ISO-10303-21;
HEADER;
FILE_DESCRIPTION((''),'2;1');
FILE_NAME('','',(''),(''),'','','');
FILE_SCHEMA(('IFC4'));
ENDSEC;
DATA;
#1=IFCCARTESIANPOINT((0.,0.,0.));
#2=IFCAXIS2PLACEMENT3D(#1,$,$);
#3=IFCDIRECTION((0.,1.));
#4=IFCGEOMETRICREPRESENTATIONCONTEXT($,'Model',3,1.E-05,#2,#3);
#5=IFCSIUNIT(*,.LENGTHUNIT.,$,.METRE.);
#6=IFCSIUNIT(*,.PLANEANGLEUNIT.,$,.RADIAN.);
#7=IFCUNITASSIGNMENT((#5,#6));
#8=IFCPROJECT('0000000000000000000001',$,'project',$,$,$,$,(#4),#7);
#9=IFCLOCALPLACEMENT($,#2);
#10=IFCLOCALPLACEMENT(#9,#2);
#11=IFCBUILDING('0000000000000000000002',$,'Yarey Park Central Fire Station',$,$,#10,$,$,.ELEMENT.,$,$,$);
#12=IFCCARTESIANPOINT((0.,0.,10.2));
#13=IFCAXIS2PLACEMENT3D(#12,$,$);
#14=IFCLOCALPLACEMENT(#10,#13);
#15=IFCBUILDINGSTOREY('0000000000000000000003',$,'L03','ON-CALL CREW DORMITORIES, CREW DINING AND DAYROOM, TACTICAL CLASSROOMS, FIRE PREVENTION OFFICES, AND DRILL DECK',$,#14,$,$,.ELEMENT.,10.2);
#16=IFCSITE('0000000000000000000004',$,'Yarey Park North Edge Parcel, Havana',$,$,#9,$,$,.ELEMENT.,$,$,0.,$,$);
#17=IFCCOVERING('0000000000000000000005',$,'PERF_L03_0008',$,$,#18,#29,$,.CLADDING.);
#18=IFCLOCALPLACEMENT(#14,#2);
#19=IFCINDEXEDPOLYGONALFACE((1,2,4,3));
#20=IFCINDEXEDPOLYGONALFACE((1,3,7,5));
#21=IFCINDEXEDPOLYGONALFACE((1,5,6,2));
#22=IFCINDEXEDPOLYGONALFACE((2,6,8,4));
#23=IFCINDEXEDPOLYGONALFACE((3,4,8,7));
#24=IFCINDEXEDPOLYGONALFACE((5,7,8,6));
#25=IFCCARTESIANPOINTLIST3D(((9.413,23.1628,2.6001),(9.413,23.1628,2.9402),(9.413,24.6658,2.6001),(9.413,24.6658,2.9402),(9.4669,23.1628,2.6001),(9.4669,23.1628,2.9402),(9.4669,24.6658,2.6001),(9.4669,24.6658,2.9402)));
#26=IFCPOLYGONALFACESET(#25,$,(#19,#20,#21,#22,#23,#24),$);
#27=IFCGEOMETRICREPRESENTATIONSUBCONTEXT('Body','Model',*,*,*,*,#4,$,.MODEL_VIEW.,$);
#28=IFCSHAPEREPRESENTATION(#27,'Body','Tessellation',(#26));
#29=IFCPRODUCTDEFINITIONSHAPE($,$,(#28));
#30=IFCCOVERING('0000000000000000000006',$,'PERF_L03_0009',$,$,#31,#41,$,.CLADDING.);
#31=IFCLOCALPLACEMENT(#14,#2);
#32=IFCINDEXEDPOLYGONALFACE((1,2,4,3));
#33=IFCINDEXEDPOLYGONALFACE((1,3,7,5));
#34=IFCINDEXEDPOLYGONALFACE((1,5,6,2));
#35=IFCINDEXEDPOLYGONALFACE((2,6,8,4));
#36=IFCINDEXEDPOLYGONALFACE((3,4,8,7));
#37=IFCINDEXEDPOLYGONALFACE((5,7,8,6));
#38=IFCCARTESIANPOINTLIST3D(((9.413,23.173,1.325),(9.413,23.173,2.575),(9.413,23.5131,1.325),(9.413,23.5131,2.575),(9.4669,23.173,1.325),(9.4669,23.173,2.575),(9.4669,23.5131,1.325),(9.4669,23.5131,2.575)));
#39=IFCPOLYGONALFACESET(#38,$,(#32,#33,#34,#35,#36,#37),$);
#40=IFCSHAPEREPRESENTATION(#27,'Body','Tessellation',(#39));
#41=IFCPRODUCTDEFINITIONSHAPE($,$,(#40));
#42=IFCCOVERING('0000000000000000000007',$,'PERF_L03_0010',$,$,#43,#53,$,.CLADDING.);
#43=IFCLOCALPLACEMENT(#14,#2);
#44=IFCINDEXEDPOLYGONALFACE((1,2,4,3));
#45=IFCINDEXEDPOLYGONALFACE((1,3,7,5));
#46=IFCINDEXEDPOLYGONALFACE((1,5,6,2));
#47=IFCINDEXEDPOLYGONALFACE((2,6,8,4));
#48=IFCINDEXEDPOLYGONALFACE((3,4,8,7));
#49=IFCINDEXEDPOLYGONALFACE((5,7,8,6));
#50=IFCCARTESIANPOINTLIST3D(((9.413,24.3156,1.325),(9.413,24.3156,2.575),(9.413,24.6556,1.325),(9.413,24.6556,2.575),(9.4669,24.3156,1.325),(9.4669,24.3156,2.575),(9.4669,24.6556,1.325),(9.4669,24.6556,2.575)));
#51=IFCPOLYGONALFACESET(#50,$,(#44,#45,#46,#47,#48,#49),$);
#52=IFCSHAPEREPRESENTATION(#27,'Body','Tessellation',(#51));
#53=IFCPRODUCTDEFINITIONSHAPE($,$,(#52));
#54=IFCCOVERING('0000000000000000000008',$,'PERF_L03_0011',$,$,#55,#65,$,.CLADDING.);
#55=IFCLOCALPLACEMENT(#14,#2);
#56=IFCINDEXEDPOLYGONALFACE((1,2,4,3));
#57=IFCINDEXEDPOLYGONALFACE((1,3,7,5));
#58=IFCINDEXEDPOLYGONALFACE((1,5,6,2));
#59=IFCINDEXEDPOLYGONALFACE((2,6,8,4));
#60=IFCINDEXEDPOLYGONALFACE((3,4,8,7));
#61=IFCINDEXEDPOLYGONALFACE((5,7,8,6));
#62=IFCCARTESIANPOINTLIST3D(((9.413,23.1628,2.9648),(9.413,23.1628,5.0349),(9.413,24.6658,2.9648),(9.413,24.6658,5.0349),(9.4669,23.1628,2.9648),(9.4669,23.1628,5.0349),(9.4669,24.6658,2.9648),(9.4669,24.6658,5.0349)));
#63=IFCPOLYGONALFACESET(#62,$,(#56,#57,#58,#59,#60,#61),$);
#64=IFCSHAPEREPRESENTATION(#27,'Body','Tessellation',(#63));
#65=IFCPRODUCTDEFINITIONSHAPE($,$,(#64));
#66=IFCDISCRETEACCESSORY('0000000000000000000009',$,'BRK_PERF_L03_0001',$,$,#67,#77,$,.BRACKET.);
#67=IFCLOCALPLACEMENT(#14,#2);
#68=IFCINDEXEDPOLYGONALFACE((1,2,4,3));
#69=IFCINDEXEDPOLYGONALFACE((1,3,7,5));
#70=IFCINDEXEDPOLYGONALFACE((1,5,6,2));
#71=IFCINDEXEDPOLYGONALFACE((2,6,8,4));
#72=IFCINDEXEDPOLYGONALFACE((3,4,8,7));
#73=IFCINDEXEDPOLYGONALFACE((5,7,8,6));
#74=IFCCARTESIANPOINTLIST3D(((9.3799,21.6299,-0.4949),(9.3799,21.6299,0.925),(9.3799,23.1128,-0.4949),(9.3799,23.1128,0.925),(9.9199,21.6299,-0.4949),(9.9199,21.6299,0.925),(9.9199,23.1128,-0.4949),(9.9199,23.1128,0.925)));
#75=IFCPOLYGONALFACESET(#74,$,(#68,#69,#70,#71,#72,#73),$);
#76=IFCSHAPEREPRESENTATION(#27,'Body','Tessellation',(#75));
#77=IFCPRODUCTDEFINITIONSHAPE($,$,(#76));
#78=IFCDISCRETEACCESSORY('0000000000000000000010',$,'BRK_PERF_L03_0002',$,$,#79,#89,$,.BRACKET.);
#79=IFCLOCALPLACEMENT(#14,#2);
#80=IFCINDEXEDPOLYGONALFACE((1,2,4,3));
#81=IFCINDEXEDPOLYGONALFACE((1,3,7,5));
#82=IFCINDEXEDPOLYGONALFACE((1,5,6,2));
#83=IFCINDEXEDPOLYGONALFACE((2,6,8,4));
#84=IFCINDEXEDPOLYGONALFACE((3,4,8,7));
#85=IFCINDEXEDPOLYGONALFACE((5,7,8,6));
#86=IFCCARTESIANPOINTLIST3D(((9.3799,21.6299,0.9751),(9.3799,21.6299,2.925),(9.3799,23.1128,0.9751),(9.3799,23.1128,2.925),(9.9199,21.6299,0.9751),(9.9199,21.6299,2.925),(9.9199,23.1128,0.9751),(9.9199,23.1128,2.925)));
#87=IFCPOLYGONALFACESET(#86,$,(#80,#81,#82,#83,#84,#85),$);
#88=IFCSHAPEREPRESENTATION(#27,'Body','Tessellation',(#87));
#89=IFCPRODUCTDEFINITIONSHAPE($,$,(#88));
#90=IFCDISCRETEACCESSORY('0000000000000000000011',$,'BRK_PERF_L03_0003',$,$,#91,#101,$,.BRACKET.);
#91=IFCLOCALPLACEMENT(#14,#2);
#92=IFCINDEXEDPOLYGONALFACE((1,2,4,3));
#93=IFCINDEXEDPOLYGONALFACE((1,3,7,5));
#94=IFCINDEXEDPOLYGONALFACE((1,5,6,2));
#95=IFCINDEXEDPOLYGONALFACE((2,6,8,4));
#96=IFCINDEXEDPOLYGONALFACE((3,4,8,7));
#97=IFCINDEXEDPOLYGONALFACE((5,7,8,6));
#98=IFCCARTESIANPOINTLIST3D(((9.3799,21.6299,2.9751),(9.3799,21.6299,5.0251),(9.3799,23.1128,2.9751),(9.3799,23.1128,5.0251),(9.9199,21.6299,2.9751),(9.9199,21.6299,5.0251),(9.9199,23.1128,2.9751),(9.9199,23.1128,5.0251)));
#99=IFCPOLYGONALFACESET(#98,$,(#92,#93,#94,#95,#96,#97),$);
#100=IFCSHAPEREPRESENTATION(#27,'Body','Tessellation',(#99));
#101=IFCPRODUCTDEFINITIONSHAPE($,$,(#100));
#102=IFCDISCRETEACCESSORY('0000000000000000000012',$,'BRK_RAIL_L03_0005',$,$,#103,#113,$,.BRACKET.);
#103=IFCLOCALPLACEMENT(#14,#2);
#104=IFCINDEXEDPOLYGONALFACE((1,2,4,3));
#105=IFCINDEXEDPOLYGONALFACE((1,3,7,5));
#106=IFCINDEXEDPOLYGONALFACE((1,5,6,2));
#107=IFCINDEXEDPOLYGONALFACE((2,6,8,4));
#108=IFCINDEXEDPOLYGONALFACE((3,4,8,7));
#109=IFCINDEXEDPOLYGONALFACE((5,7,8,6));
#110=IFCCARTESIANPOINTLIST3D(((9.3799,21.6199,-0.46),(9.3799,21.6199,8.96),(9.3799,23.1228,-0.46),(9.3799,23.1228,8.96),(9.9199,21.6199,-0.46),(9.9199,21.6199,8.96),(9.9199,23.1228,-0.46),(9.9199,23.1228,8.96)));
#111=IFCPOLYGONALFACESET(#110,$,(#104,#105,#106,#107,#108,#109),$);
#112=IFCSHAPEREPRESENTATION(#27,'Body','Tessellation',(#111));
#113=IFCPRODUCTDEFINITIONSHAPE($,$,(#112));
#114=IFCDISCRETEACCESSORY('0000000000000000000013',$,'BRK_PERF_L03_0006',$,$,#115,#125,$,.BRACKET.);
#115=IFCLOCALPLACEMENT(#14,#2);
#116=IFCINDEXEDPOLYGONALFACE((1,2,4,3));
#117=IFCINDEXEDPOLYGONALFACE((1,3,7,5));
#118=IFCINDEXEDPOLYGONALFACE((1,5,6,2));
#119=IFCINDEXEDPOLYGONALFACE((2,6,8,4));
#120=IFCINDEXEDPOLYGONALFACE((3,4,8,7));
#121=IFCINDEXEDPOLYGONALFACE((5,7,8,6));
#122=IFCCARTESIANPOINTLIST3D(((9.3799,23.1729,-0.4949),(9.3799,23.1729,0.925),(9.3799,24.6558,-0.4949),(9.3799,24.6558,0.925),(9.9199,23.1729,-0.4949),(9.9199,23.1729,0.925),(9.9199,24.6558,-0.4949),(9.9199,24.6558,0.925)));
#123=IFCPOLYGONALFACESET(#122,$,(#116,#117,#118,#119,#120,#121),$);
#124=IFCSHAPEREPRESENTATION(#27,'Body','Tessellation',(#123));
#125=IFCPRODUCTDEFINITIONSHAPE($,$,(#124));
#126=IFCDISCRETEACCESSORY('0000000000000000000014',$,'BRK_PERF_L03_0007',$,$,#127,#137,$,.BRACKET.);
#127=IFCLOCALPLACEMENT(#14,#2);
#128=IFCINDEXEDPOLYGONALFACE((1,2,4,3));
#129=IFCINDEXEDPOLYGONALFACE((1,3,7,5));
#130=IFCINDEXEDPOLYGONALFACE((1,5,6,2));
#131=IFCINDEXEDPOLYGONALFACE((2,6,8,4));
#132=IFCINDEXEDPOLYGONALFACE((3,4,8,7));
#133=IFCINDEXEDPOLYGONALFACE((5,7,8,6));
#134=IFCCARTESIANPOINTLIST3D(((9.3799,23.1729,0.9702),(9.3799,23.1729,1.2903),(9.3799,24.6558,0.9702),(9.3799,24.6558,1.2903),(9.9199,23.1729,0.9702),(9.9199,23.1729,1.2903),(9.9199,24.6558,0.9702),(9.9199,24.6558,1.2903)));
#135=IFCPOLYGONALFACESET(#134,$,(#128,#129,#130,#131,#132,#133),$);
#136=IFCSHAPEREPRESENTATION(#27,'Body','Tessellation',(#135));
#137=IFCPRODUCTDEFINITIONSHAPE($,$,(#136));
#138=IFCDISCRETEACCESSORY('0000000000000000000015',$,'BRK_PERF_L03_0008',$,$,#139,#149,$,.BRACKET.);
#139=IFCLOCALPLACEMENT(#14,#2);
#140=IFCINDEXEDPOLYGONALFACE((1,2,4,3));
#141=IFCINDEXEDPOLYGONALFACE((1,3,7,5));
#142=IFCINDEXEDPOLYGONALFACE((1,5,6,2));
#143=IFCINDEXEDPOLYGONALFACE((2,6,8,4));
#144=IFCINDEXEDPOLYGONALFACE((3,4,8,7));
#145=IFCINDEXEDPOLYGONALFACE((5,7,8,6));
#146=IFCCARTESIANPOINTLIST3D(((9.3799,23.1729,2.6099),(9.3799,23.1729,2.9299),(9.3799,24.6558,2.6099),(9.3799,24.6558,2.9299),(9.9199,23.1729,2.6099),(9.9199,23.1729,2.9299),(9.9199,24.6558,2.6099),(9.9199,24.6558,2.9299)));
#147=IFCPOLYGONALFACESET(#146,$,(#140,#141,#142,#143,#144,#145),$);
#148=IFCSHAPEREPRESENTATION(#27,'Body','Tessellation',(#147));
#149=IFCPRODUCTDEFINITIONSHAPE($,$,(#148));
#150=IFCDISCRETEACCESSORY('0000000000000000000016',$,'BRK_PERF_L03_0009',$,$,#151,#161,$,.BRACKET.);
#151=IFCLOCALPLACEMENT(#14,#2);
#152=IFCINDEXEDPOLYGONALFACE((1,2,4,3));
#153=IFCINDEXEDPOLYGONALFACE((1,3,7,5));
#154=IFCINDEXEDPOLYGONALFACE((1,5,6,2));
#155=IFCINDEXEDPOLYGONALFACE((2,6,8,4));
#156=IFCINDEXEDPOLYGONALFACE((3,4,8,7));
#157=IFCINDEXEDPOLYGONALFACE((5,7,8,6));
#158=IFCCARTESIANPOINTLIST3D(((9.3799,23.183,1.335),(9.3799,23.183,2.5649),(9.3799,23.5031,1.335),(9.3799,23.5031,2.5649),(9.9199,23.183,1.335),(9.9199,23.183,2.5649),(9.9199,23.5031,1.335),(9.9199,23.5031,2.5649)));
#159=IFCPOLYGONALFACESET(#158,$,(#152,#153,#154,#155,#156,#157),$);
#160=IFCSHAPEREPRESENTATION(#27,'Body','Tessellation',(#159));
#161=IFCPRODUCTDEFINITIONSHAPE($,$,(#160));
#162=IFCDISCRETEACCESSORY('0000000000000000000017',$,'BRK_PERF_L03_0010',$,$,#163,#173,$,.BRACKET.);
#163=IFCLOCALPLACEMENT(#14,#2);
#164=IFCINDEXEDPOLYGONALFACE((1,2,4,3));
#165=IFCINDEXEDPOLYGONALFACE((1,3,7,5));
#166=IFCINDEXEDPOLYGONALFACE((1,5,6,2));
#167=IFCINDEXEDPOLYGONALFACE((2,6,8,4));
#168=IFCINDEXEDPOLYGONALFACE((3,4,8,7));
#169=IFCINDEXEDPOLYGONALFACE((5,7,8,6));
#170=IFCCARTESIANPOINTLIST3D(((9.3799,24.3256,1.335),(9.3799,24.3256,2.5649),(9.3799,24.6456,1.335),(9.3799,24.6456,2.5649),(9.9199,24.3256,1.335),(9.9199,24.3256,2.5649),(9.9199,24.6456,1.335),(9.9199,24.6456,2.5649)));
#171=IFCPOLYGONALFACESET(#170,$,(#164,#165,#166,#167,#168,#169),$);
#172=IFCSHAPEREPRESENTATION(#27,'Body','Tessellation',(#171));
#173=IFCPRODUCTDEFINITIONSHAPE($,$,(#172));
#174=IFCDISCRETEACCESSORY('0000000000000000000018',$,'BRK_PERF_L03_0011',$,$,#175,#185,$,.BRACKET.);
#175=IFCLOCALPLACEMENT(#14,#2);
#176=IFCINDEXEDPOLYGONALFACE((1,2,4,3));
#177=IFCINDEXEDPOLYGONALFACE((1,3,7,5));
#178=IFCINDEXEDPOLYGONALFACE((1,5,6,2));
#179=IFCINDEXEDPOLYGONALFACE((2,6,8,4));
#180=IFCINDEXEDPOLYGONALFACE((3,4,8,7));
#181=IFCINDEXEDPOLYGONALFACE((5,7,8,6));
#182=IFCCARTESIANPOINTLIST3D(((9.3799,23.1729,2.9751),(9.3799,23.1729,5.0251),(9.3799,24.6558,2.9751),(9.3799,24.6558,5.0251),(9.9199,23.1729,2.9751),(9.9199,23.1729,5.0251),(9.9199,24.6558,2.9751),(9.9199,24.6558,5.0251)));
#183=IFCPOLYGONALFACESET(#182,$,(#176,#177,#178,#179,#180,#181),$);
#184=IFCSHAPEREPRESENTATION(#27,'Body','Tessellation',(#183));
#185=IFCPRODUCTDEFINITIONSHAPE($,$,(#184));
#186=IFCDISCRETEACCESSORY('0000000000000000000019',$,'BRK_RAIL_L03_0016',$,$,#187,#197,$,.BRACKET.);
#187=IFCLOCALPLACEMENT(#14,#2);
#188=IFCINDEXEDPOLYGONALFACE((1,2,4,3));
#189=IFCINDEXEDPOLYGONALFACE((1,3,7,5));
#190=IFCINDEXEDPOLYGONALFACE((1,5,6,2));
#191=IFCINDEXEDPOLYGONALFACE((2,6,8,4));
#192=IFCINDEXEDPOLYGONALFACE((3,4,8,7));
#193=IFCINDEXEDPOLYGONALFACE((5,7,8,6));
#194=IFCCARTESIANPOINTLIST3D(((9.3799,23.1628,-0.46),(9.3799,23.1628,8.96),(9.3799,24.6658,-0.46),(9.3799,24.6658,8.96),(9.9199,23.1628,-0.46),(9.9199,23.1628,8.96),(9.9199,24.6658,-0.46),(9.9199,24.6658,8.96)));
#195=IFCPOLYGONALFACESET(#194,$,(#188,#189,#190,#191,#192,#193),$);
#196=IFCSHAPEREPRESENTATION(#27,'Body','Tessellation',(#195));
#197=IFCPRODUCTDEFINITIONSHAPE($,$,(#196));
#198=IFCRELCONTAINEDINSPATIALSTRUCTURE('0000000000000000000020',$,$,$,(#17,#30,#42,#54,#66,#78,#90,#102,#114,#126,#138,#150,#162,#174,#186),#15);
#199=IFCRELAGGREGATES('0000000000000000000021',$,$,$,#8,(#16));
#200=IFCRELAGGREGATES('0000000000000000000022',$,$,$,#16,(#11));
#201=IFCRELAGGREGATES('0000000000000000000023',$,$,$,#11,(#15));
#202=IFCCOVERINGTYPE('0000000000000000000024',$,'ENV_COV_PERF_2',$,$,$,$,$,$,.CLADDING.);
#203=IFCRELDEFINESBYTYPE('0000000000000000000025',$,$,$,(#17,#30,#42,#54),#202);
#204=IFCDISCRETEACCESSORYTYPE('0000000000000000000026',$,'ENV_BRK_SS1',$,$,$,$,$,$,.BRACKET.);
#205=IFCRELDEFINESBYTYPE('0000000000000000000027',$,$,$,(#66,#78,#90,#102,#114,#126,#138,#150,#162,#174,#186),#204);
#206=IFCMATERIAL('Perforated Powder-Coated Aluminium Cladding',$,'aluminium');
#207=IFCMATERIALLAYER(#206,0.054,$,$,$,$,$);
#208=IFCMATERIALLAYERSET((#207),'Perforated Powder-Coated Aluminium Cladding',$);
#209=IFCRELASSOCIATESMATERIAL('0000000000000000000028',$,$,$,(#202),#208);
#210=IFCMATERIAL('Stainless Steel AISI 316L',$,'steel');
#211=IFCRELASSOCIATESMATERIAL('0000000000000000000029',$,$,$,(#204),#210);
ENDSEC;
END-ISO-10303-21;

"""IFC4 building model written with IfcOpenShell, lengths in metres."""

from ifc_helpers import new_model, si_unit, direction, frame, origin, origin_2d, place, context, subcontext, project, spatial, rectangle, extrude, material, layer, layer_set, type_object, element, save


model = new_model("IFC4")

# Units and contexts
model_context = context("Model", 3, precision=1e-05, world=origin(), true_north=direction((0.0, 1.0)))
body_context = subcontext(model_context, "Body", "Model", "MODEL_VIEW")
ifc_project = project(units=[si_unit("LENGTHUNIT", "METRE"), si_unit("PLANEANGLEUNIT", "RADIAN")], contexts=[model_context])

# Site, building, storey
site_placement = place(None, origin())
site = spatial("IfcSite", under=ifc_project, at=site_placement, Name="Yarey Park North Edge Parcel, Havana", CompositionType="ELEMENT", RefElevation=0.0)
building_placement = place(site_placement, origin())
building = spatial("IfcBuilding", under=site, at=building_placement, Name="Yarey Park Central Fire Station", CompositionType="ELEMENT")
storey_placement = place(building_placement, frame((0.0, 0.0, 10.2)))
storey = spatial("IfcBuildingStorey", under=building, at=storey_placement, Name="L03", Description="ON-CALL CREW DORMITORIES, CREW DINING AND DAYROOM, TACTICAL CLASSROOMS, FIRE PREVENTION OFFICES, AND DRILL DECK", CompositionType="ELEMENT", Elevation=10.2)

# Coverings
ifc_material_1 = material(Name="Perforated Powder-Coated Aluminium Cladding", Category="aluminium")
ifc_layer_1 = layer(ifc_material_1, 0.054)
ifc_layer_set_1 = layer_set([ifc_layer_1], Name="Perforated Powder-Coated Aluminium Cladding")
covering_type_1 = type_object("IfcCoveringType", Name="ENV_COV_PERF_2", PredefinedType="CLADDING", material=ifc_layer_set_1)
for number, where, z_axis, x_axis, name in (
    (1, (9.4399, 23.9143, 2.6001), (0.0, 0.0, 1.0), (0.0, 1.0, 0.0), "PERF_L03_0008"),
):
    element("IfcCovering", number, at=place(storey_placement, frame(where, z_axis=z_axis, x_axis=x_axis)), inside=storey, type_object=covering_type_1, Name=name, PredefinedType="CLADDING", context=body_context, shape_type="SweptSolid", body=[
        extrude(rectangle(XDim=1.5029, YDim=0.054, at=origin_2d()), origin(), (0.0, 0.0, 1.0), 0.3401),
    ])
for number, where, z_axis, x_axis, name in (
    (2, (9.4399, 23.343, 1.325), (0.0, 0.0, 1.0), (0.0, 1.0, 0.0), "PERF_L03_0009"),
    (3, (9.4399, 24.4856, 1.325), (0.0, 0.0, 1.0), (0.0, 1.0, 0.0), "PERF_L03_0010"),
):
    element("IfcCovering", number, at=place(storey_placement, frame(where, z_axis=z_axis, x_axis=x_axis)), inside=storey, type_object=covering_type_1, Name=name, PredefinedType="CLADDING", context=body_context, shape_type="SweptSolid", body=[
        extrude(rectangle(XDim=0.3401, YDim=0.054, at=origin_2d()), origin(), (0.0, 0.0, 1.0), 1.25),
    ])
covering_1_placement = place(storey_placement, frame((9.4399, 23.9143, 2.9648), z_axis=(0.0, 0.0, 1.0), x_axis=(0.0, 1.0, 0.0)))
element("IfcCovering", 4, at=covering_1_placement, inside=storey, type_object=covering_type_1, Name="PERF_L03_0011", PredefinedType="CLADDING", context=body_context, shape_type="SweptSolid", body=[
    extrude(rectangle(XDim=1.5029, YDim=0.054, at=origin_2d()), origin(), (0.0, 0.0, 1.0), 2.0701),
])

# Discrete accessories
ifc_material_2 = material(Name="Stainless Steel AISI 316L", Category="steel")
discrete_accessory_type = type_object("IfcDiscreteAccessoryType", Name="ENV_BRK_SS1", PredefinedType="BRACKET", material=ifc_material_2)
discrete_accessory_1_placement = place(storey_placement, frame((9.6499, 22.3713, -0.4949), z_axis=(0.0, 0.0, 1.0), x_axis=(1.0, 0.0, 0.0)))
element("IfcDiscreteAccessory", 5, at=discrete_accessory_1_placement, inside=storey, type_object=discrete_accessory_type, Name="BRK_PERF_L03_0001", PredefinedType="BRACKET", context=body_context, shape_type="SweptSolid", body=[
    extrude(rectangle(XDim=0.54, YDim=1.4829, at=origin_2d()), origin(), (0.0, 0.0, 1.0), 1.4199),
])
discrete_accessory_2_placement = place(storey_placement, frame((9.6499, 22.3713, 0.9751), z_axis=(0.0, 0.0, 1.0), x_axis=(1.0, 0.0, 0.0)))
element("IfcDiscreteAccessory", 6, at=discrete_accessory_2_placement, inside=storey, type_object=discrete_accessory_type, Name="BRK_PERF_L03_0002", PredefinedType="BRACKET", context=body_context, shape_type="SweptSolid", body=[
    extrude(rectangle(XDim=0.54, YDim=1.4829, at=origin_2d()), origin(), (0.0, 0.0, 1.0), 1.95),
])
discrete_accessory_3_placement = place(storey_placement, frame((9.6499, 22.3713, 2.9751), z_axis=(0.0, 0.0, 1.0), x_axis=(1.0, 0.0, 0.0)))
element("IfcDiscreteAccessory", 7, at=discrete_accessory_3_placement, inside=storey, type_object=discrete_accessory_type, Name="BRK_PERF_L03_0003", PredefinedType="BRACKET", context=body_context, shape_type="SweptSolid", body=[
    extrude(rectangle(XDim=0.54, YDim=1.4829, at=origin_2d()), origin(), (0.0, 0.0, 1.0), 2.05),
])
discrete_accessory_4_placement = place(storey_placement, frame((9.6499, 22.3713, -0.46), z_axis=(0.0, 0.0, 1.0), x_axis=(1.0, 0.0, 0.0)))
element("IfcDiscreteAccessory", 8, at=discrete_accessory_4_placement, inside=storey, type_object=discrete_accessory_type, Name="BRK_RAIL_L03_0005", PredefinedType="BRACKET", context=body_context, shape_type="SweptSolid", body=[
    extrude(rectangle(XDim=0.54, YDim=1.5029, at=origin_2d()), origin(), (0.0, 0.0, 1.0), 9.4199),
])
discrete_accessory_5_placement = place(storey_placement, frame((9.6499, 23.9143, -0.4949), z_axis=(0.0, 0.0, 1.0), x_axis=(1.0, 0.0, 0.0)))
element("IfcDiscreteAccessory", 9, at=discrete_accessory_5_placement, inside=storey, type_object=discrete_accessory_type, Name="BRK_PERF_L03_0006", PredefinedType="BRACKET", context=body_context, shape_type="SweptSolid", body=[
    extrude(rectangle(XDim=0.54, YDim=1.4829, at=origin_2d()), origin(), (0.0, 0.0, 1.0), 1.4199),
])
for number, where, z_axis, x_axis, name in (
    (10, (9.6499, 23.9143, 0.9702), (0.0, 0.0, 1.0), (1.0, 0.0, 0.0), "BRK_PERF_L03_0007"),
    (11, (9.6499, 23.9143, 2.6099), (0.0, 0.0, 1.0), (1.0, 0.0, 0.0), "BRK_PERF_L03_0008"),
):
    element("IfcDiscreteAccessory", number, at=place(storey_placement, frame(where, z_axis=z_axis, x_axis=x_axis)), inside=storey, type_object=discrete_accessory_type, Name=name, PredefinedType="BRACKET", context=body_context, shape_type="SweptSolid", body=[
        extrude(rectangle(XDim=0.54, YDim=1.4829, at=origin_2d()), origin(), (0.0, 0.0, 1.0), 0.3201),
    ])
for number, where, z_axis, x_axis, name in (
    (12, (9.6499, 23.343, 1.335), (0.0, 0.0, 1.0), (1.0, 0.0, 0.0), "BRK_PERF_L03_0009"),
    (13, (9.6499, 24.4856, 1.335), (0.0, 0.0, 1.0), (1.0, 0.0, 0.0), "BRK_PERF_L03_0010"),
):
    element("IfcDiscreteAccessory", number, at=place(storey_placement, frame(where, z_axis=z_axis, x_axis=x_axis)), inside=storey, type_object=discrete_accessory_type, Name=name, PredefinedType="BRACKET", context=body_context, shape_type="SweptSolid", body=[
        extrude(rectangle(XDim=0.54, YDim=0.3201, at=origin_2d()), origin(), (0.0, 0.0, 1.0), 1.23),
    ])
discrete_accessory_6_placement = place(storey_placement, frame((9.6499, 23.9143, 2.9751), z_axis=(0.0, 0.0, 1.0), x_axis=(1.0, 0.0, 0.0)))
element("IfcDiscreteAccessory", 14, at=discrete_accessory_6_placement, inside=storey, type_object=discrete_accessory_type, Name="BRK_PERF_L03_0011", PredefinedType="BRACKET", context=body_context, shape_type="SweptSolid", body=[
    extrude(rectangle(XDim=0.54, YDim=1.4829, at=origin_2d()), origin(), (0.0, 0.0, 1.0), 2.05),
])
discrete_accessory_7_placement = place(storey_placement, frame((9.6499, 23.9143, -0.46), z_axis=(0.0, 0.0, 1.0), x_axis=(1.0, 0.0, 0.0)))
element("IfcDiscreteAccessory", 15, at=discrete_accessory_7_placement, inside=storey, type_object=discrete_accessory_type, Name="BRK_RAIL_L03_0016", PredefinedType="BRACKET", context=body_context, shape_type="SweptSolid", body=[
    extrude(rectangle(XDim=0.54, YDim=1.5029, at=origin_2d()), origin(), (0.0, 0.0, 1.0), 9.4199),
])

save(model, "model.ifc")
